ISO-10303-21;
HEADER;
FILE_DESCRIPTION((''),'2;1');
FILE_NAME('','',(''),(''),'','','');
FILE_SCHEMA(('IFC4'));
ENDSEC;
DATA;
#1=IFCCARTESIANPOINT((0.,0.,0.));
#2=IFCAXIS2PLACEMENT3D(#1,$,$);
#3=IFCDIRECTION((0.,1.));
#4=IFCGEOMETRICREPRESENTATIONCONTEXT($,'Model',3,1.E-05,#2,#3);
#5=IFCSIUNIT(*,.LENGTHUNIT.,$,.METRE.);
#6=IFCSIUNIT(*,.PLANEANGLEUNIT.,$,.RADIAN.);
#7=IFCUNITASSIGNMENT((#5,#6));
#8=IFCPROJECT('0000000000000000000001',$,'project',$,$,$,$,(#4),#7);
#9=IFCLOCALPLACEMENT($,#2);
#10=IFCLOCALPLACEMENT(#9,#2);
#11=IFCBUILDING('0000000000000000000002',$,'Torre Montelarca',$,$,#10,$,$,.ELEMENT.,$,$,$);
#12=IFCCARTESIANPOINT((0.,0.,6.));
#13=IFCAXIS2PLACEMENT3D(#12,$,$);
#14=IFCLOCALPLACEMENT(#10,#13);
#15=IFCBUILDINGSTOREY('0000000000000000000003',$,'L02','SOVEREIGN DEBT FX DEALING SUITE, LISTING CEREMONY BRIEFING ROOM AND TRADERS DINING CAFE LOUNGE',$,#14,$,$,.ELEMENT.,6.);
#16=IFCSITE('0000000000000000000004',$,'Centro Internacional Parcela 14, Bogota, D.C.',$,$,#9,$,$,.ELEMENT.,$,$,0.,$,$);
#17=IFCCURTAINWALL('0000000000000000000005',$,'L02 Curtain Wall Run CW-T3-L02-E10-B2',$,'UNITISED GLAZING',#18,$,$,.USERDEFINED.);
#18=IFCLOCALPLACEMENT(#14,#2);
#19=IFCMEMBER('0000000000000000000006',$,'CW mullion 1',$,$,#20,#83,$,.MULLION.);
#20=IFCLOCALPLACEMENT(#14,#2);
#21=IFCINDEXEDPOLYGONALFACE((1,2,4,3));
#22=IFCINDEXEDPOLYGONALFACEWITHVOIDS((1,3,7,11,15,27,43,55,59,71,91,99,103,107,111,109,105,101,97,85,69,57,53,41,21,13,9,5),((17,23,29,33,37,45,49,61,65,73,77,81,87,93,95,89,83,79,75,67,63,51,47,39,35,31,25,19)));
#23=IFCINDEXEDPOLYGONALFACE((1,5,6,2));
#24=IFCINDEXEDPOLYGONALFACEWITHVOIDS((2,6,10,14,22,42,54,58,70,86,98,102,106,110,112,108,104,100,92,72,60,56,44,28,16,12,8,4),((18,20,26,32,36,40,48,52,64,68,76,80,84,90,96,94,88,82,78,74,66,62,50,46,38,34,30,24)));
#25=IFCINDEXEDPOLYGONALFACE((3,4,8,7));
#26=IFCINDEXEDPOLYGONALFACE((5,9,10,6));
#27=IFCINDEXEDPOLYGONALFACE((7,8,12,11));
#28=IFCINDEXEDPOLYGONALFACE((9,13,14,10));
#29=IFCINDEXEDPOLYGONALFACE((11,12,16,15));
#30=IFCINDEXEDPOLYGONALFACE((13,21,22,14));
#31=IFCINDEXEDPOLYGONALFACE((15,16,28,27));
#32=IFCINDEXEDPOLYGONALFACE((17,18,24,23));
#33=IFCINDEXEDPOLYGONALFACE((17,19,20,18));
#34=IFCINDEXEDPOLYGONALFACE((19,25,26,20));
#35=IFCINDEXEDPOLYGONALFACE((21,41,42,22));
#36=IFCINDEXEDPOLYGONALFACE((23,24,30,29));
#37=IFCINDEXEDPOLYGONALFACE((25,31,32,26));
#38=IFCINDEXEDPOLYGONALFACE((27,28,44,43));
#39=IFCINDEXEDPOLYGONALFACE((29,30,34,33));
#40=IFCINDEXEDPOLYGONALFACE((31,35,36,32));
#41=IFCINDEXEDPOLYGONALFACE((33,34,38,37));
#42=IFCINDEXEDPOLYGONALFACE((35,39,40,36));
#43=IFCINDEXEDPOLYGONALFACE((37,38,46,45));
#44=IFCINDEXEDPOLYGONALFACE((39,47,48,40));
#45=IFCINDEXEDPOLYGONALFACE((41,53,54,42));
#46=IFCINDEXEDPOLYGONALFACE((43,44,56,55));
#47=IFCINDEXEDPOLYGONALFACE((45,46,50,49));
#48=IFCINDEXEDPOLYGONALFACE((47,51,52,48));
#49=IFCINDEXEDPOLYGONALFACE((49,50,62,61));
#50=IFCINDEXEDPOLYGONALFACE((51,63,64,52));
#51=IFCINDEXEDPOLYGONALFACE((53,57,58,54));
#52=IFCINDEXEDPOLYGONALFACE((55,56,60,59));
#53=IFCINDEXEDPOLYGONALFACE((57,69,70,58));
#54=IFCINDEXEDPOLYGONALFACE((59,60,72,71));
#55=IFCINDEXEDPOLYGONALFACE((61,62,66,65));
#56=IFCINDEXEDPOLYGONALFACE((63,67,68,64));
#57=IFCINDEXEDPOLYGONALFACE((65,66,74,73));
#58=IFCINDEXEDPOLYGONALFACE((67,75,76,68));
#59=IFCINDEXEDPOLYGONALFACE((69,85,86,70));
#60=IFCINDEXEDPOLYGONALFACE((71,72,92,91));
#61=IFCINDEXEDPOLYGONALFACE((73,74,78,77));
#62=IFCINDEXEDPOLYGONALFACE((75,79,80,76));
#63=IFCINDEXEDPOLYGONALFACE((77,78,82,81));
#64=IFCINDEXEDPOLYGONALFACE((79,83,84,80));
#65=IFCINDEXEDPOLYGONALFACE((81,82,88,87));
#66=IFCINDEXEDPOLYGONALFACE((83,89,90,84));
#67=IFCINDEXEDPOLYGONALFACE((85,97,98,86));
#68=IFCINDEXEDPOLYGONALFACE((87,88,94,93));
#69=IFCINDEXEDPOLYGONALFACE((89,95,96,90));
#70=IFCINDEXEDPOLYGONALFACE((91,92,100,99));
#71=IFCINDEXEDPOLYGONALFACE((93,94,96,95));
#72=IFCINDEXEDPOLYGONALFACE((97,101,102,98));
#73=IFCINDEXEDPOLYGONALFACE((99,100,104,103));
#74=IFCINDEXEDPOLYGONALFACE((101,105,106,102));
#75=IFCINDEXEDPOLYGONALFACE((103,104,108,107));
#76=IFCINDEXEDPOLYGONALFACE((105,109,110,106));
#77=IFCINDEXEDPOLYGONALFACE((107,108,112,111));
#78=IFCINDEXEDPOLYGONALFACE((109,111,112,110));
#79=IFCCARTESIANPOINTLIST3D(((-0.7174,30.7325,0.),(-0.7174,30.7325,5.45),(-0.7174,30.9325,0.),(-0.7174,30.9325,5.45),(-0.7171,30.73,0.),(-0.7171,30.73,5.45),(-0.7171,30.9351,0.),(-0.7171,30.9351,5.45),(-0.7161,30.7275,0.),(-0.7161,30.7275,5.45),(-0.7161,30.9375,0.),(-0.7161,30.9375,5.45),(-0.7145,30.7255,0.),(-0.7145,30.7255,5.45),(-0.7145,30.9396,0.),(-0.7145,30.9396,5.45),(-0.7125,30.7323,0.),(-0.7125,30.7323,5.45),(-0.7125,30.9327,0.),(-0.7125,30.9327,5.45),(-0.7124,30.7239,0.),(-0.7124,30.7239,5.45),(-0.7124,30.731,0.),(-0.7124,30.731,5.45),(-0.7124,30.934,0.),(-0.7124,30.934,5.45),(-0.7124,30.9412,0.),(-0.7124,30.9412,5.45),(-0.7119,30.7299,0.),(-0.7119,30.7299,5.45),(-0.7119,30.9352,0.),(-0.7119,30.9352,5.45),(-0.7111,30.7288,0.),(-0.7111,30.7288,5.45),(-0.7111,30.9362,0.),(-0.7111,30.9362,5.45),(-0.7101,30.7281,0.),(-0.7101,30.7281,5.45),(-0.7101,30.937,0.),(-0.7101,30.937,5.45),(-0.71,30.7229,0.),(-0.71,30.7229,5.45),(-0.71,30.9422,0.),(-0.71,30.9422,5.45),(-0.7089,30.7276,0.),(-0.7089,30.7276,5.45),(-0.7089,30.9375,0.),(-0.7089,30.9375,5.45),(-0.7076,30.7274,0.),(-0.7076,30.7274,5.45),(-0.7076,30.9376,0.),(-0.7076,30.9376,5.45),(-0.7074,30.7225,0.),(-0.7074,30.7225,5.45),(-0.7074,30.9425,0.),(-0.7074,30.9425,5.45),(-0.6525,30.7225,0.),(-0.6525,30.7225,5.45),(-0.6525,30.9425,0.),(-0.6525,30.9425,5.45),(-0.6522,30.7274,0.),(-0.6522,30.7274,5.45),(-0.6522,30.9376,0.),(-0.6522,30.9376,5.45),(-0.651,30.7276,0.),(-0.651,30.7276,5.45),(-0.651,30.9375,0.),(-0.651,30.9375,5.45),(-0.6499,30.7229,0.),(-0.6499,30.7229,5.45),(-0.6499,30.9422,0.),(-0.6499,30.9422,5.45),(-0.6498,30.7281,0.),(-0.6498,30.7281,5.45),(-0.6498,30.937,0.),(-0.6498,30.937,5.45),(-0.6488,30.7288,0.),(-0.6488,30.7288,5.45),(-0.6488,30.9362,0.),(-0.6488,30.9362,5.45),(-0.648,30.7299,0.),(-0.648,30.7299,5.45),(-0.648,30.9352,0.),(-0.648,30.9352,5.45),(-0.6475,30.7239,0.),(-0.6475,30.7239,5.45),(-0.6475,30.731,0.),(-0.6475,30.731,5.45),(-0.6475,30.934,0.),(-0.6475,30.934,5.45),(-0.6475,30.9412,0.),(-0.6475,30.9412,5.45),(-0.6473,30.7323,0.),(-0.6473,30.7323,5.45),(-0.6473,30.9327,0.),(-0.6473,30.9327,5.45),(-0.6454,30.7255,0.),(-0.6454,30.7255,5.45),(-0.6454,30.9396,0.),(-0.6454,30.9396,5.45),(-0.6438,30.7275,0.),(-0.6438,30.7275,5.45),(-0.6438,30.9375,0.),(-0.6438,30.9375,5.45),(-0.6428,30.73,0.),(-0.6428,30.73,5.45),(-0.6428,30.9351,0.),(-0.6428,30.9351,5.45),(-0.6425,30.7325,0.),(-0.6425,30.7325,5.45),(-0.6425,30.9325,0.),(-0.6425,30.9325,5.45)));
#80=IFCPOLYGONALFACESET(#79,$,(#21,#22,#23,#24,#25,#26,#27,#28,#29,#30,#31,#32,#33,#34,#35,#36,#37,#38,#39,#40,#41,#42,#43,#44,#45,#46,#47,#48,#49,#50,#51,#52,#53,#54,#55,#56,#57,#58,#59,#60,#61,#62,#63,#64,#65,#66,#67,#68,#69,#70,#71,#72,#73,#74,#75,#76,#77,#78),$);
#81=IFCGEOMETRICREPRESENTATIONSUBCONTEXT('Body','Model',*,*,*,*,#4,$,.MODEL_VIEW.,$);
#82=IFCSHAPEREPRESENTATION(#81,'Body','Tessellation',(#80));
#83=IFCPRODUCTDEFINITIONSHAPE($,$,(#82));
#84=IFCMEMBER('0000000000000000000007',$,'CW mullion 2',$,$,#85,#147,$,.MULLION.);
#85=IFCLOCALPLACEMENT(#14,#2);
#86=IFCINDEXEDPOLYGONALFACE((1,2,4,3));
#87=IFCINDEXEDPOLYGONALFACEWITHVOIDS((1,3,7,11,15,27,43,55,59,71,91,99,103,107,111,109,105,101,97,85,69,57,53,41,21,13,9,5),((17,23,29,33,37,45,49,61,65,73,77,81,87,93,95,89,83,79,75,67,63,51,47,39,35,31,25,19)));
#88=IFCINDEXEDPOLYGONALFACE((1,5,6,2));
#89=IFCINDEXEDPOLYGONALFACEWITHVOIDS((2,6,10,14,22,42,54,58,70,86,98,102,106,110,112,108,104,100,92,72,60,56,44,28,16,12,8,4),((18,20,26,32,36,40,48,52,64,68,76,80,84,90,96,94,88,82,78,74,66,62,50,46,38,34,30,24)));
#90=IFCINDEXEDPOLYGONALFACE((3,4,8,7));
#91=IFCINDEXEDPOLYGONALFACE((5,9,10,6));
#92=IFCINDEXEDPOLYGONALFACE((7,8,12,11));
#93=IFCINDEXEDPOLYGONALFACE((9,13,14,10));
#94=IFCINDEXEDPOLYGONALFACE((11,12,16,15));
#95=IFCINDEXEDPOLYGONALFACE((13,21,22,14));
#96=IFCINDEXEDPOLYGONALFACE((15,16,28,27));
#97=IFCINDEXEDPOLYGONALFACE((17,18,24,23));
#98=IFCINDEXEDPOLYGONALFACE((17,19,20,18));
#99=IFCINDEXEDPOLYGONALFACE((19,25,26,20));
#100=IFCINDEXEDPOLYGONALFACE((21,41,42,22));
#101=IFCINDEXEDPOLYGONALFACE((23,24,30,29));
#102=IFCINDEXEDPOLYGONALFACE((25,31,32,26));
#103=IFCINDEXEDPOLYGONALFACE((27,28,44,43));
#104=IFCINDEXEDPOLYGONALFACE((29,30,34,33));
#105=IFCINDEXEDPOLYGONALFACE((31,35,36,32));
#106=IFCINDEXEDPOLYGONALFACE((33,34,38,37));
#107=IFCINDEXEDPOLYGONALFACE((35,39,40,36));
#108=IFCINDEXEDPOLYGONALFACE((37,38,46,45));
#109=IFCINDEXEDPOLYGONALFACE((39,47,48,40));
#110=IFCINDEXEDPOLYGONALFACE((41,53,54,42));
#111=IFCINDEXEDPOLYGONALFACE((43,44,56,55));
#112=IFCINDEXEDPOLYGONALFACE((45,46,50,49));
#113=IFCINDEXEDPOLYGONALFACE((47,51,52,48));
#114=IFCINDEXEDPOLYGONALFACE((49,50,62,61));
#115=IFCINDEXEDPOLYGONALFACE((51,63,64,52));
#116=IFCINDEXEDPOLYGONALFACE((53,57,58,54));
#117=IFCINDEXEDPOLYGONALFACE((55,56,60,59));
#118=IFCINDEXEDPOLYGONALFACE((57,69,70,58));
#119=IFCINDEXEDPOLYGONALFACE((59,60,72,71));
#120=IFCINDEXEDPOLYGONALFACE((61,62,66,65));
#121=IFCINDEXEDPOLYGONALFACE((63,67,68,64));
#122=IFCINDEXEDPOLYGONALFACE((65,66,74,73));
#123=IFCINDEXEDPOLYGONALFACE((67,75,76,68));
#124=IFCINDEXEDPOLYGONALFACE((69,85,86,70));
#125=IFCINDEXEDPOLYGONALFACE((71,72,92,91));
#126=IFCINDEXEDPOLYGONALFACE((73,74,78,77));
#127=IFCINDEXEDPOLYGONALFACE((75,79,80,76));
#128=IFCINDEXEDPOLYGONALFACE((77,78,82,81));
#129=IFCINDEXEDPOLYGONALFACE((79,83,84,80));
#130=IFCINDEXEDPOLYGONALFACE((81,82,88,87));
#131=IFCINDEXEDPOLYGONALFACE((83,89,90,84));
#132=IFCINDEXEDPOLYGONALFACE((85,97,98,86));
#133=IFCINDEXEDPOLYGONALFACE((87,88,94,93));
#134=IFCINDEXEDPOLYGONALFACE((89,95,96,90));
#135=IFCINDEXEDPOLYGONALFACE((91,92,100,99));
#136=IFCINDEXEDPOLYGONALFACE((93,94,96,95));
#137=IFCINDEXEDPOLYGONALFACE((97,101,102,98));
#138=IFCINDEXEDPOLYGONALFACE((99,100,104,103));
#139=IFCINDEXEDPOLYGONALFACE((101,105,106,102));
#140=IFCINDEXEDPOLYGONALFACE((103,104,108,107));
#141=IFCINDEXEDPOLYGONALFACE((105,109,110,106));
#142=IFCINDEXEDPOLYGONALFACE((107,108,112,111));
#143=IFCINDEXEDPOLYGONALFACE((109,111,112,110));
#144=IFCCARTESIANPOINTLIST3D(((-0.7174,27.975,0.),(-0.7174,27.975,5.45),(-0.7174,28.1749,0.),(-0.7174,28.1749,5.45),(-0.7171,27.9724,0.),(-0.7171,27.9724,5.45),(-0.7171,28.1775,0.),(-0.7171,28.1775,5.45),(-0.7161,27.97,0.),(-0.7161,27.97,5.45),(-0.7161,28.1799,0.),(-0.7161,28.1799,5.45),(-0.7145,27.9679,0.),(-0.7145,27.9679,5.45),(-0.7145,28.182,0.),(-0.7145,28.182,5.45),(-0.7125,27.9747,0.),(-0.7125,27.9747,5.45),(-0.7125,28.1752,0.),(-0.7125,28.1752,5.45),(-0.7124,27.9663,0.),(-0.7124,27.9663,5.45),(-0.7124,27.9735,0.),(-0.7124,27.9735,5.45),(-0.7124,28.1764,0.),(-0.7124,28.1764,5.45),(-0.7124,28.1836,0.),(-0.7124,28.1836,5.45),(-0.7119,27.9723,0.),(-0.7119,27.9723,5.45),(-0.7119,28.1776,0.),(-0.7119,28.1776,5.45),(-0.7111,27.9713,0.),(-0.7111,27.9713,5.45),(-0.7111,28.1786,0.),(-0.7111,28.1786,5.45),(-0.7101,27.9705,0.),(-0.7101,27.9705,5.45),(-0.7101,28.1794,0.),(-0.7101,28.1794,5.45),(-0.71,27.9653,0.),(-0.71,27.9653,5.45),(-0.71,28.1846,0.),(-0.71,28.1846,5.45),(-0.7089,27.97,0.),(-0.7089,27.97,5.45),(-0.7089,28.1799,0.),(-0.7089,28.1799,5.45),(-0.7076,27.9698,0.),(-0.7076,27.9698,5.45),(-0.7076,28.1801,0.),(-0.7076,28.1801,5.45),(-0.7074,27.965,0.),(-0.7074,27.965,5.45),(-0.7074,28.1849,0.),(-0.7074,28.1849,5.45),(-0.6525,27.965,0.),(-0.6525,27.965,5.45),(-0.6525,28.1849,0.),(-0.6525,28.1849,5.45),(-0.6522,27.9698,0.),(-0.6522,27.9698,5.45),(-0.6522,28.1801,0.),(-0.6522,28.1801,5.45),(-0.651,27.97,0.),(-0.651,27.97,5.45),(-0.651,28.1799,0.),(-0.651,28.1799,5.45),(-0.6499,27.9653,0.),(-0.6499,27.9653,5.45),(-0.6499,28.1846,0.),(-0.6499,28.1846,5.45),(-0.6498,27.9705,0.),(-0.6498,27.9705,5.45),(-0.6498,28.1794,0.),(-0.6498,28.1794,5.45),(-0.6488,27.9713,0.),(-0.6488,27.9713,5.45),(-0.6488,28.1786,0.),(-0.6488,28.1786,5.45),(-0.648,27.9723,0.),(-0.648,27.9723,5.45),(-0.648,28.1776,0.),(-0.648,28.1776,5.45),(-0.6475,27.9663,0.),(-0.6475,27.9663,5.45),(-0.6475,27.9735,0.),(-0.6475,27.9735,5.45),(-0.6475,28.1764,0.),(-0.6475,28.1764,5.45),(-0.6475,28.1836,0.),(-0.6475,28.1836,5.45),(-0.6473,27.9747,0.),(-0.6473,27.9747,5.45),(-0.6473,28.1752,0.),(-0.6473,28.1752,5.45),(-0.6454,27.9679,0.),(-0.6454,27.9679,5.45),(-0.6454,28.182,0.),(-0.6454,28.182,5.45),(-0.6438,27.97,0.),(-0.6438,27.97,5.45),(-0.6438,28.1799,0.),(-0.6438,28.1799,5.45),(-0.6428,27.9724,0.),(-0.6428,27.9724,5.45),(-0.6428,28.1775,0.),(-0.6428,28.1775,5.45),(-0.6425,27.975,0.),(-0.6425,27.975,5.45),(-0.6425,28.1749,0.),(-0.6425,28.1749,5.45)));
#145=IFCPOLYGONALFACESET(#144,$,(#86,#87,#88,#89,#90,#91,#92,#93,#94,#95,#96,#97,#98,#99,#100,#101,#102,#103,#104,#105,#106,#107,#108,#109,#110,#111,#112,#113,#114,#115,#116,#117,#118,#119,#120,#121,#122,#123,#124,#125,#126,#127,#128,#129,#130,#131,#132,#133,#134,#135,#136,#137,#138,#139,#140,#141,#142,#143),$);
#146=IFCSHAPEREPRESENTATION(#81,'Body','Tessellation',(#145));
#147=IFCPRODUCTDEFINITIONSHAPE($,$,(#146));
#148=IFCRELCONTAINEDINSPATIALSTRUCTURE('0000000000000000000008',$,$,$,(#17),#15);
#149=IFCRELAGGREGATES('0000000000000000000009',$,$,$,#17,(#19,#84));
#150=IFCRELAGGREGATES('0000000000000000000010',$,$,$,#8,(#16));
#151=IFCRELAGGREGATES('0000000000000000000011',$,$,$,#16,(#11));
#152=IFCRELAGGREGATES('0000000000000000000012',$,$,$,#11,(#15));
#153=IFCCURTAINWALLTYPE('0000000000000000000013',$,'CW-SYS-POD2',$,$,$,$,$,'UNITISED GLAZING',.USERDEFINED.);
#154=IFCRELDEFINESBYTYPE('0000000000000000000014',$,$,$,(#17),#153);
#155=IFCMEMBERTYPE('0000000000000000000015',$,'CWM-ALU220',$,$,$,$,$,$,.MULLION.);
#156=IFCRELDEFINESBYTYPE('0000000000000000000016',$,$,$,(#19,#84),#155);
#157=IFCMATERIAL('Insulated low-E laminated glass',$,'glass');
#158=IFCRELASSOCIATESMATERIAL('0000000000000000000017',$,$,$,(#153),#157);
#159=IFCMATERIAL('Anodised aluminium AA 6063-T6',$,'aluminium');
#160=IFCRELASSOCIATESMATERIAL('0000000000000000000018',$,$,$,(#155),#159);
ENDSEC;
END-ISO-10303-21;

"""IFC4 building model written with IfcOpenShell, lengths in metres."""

from ifc_helpers import new_model, si_unit, direction, frame, origin, origin_2d, place, context, subcontext, project, spatial, hollow_rectangle, extrude, source, transform, mapped, material, material_profile, profile_set, type_object, element, aggregate, save


model = new_model("IFC4")

# Units and contexts
model_context = context("Model", 3, precision=1e-05, world=origin(), true_north=direction((0.0, 1.0)))
body_context = subcontext(model_context, "Body", "Model", "MODEL_VIEW")
ifc_project = project(units=[si_unit("LENGTHUNIT", "METRE"), si_unit("PLANEANGLEUNIT", "RADIAN")], contexts=[model_context])

# Site, building, storey
site_placement = place(None, origin())
site = spatial("IfcSite", under=ifc_project, at=site_placement, Name="Centro Internacional Parcela 14, Bogota, D.C.", CompositionType="ELEMENT", RefElevation=0.0)
building_placement = place(site_placement, origin())
building = spatial("IfcBuilding", under=site, at=building_placement, Name="Torre Montelarca", CompositionType="ELEMENT")
storey_placement = place(building_placement, frame((0.0, 0.0, 6.0)))
storey = spatial("IfcBuildingStorey", under=building, at=storey_placement, Name="L02", Description="SOVEREIGN DEBT FX DEALING SUITE, LISTING CEREMONY BRIEFING ROOM AND TRADERS DINING CAFE LOUNGE", CompositionType="ELEMENT", Elevation=6.0)

# Curtain wall, members
ifc_material_1 = material(Name="Insulated low-E laminated glass", Category="glass")
curtain_wall_type = type_object("IfcCurtainWallType", Name="CW-SYS-POD2", ElementType="UNITISED GLAZING", PredefinedType="USERDEFINED", material=ifc_material_1)
ifc_material_2 = material(Name="Anodised aluminium AA 6063-T6", Category="aluminium")
ifc_material_profile_1 = material_profile(ifc_material_2, hollow_rectangle(XDim=0.075, YDim=0.22, WallThickness=0.0049, InnerFilletRadius=0.0049, OuterFilletRadius=0.01, at=origin_2d()), Name="ALU75X220X5", Category="aluminium")
ifc_profile_set_1 = profile_set([ifc_material_profile_1], Name="Anodised aluminium AA 6063-T6")
member_type_1 = type_object("IfcMemberType", Name="CWM-ALU220", PredefinedType="MULLION", material=ifc_profile_set_1)
shared_shape_1 = source(origin(), body_context, "Body", "SweptSolid", [
    extrude(hollow_rectangle(XDim=0.075, YDim=0.22, WallThickness=0.0049, InnerFilletRadius=0.0049, OuterFilletRadius=0.01, at=origin_2d()), origin(), (0.0, 0.0, 1.0), 5.45),
])
curtain_wall_1_placement = place(storey_placement, origin())
curtain_wall_1 = element("IfcCurtainWall", 1, at=curtain_wall_1_placement, inside=storey, type_object=curtain_wall_type, Name="L02 Curtain Wall Run CW-T3-L02-E10-B2", ObjectType="UNITISED GLAZING", PredefinedType="USERDEFINED")
member_1_placement = place(storey_placement, frame((-0.6799, 30.8325, 0.0), z_axis=(0.0, 0.0, 1.0), x_axis=(1.0, 0.0, 0.0)))
member_1 = element("IfcMember", 2, at=member_1_placement, type_object=member_type_1, Name="CW mullion 1", PredefinedType="MULLION", context=body_context, shape_type="MappedRepresentation", body=[
    mapped(shared_shape_1, transform((0.0, 0.0, 0.0), scale=1.0)),
])
member_2_placement = place(storey_placement, frame((-0.6799, 28.075, 0.0), z_axis=(0.0, 0.0, 1.0), x_axis=(1.0, 0.0, 0.0)))
member_2 = element("IfcMember", 3, at=member_2_placement, type_object=member_type_1, Name="CW mullion 2", PredefinedType="MULLION", context=body_context, shape_type="MappedRepresentation", body=[
    mapped(shared_shape_1, transform((0.0, 0.0, 0.0), scale=1.0)),
])

aggregate(curtain_wall_1, [member_1, member_2])

save(model, "model.ifc")
